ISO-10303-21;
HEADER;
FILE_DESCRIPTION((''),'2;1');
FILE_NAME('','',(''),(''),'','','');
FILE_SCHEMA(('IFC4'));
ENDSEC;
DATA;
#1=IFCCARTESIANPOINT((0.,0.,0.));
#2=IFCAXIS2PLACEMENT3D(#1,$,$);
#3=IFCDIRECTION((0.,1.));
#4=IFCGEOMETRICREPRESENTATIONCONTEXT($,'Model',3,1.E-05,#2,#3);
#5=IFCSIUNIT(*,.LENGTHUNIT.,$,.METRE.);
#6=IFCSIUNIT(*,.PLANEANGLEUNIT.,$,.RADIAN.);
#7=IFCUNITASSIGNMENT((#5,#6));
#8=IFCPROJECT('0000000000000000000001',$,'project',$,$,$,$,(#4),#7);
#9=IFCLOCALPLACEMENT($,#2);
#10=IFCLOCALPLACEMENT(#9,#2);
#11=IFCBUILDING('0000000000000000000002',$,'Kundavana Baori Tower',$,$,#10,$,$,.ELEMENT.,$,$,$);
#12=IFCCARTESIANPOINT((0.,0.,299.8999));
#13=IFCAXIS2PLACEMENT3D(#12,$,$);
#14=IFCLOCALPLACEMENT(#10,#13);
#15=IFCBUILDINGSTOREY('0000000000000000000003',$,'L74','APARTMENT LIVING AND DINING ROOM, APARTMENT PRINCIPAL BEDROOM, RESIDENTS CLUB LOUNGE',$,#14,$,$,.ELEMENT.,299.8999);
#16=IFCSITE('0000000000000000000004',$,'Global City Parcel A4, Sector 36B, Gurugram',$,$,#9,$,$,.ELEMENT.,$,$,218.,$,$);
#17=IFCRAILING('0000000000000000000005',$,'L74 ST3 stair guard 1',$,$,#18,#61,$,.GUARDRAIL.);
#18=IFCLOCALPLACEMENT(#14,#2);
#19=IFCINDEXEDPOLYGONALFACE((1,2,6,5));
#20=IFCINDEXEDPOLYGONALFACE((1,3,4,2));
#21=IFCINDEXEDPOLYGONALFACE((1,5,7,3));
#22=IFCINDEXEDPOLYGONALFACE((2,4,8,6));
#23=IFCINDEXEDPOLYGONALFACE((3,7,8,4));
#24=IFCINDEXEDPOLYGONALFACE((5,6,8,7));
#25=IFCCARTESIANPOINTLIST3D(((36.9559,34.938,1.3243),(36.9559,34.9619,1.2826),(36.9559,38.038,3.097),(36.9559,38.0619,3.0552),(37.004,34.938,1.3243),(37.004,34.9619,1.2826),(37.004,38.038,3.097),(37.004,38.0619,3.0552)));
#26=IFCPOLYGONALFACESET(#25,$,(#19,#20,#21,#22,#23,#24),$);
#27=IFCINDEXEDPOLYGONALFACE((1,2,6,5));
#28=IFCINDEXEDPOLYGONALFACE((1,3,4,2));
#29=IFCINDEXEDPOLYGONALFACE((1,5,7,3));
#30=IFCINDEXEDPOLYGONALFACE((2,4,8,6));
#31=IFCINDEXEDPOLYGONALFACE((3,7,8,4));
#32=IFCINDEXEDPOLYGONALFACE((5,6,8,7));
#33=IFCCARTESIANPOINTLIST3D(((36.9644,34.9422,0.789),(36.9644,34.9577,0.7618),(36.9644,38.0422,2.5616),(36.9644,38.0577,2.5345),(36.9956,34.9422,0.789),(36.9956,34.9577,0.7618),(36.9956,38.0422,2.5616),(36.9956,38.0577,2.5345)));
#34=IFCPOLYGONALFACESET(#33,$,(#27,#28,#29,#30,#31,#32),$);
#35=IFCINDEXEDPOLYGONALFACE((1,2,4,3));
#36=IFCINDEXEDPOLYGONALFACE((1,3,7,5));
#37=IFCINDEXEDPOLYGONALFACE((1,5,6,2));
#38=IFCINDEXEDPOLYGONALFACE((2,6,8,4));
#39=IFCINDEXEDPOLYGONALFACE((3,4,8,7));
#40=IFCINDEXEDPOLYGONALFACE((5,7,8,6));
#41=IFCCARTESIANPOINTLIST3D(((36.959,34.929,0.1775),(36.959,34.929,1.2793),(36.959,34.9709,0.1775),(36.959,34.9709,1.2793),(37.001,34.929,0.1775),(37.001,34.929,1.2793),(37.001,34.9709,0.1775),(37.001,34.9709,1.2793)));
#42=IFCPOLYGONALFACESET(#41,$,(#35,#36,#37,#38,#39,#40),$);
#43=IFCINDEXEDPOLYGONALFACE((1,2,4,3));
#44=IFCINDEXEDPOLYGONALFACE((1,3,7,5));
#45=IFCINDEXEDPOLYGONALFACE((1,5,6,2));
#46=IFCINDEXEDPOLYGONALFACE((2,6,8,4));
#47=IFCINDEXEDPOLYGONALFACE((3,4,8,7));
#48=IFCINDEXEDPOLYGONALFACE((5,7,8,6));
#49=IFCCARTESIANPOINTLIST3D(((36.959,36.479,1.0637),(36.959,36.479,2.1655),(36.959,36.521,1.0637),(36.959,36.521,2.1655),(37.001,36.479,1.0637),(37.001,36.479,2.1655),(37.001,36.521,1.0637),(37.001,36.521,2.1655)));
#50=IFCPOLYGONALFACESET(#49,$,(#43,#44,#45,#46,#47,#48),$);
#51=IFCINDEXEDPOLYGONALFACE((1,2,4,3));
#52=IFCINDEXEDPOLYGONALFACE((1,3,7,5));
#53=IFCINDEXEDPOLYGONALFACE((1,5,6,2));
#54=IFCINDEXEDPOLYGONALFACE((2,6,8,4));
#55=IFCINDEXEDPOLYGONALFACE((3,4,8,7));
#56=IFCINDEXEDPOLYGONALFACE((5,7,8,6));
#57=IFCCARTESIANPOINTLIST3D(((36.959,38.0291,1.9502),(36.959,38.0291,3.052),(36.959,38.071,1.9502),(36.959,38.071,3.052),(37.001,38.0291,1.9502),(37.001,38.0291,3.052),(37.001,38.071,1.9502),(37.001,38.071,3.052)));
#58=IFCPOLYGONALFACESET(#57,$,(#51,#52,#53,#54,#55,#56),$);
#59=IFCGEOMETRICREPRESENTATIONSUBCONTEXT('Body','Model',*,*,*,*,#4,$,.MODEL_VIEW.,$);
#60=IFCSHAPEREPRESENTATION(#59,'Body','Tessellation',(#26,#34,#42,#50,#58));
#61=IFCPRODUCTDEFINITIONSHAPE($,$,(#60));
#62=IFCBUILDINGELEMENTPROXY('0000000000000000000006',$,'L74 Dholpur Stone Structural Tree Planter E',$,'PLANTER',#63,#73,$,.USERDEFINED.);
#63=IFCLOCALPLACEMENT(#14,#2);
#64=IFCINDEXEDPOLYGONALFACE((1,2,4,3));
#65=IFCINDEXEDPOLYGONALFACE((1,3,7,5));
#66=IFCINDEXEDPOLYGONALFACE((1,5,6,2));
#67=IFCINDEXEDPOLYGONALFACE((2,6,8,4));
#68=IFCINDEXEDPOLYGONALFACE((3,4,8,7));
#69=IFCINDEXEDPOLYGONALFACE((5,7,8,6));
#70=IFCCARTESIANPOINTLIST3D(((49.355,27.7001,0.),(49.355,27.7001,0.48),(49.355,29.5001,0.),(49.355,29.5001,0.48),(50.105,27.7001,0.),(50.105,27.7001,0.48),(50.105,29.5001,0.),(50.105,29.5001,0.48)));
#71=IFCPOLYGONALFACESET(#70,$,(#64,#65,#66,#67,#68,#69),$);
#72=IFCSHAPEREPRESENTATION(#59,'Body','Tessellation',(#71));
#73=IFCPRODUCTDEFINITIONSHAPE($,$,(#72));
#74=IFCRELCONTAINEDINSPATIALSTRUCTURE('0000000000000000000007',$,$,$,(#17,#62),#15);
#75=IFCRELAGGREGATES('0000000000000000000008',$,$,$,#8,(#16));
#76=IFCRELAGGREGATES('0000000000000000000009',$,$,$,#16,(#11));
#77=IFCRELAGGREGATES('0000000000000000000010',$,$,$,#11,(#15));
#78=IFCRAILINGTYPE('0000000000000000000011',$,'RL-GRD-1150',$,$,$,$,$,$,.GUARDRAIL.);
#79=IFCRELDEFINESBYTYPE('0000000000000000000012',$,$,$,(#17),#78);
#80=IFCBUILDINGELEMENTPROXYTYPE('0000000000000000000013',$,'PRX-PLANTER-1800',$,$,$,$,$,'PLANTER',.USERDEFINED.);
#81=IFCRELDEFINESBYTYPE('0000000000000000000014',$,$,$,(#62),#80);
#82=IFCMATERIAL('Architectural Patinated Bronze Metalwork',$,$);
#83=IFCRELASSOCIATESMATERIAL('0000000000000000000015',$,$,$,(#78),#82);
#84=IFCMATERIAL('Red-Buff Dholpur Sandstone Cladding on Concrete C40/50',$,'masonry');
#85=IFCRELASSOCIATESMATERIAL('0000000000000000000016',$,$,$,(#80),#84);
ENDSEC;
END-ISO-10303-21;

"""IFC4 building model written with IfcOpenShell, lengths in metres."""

from ifc_helpers import new_model, si_unit, direction, frame, origin, origin_2d, place, context, subcontext, project, spatial, rectangle, extrude, material, type_object, element, save


model = new_model("IFC4")

# Units and contexts
model_context = context("Model", 3, precision=1e-05, world=origin(), true_north=direction((0.0, 1.0)))
body_context = subcontext(model_context, "Body", "Model", "MODEL_VIEW")
ifc_project = project(units=[si_unit("LENGTHUNIT", "METRE"), si_unit("PLANEANGLEUNIT", "RADIAN")], contexts=[model_context])

# Site, building, storey
site_placement = place(None, origin())
site = spatial("IfcSite", under=ifc_project, at=site_placement, Name="Global City Parcel A4, Sector 36B, Gurugram", CompositionType="ELEMENT", RefElevation=218.0)
building_placement = place(site_placement, origin())
building = spatial("IfcBuilding", under=site, at=building_placement, Name="Kundavana Baori Tower", CompositionType="ELEMENT")
storey_placement = place(building_placement, frame((0.0, 0.0, 299.8999)))
storey = spatial("IfcBuildingStorey", under=building, at=storey_placement, Name="L74", Description="APARTMENT LIVING AND DINING ROOM, APARTMENT PRINCIPAL BEDROOM, RESIDENTS CLUB LOUNGE", CompositionType="ELEMENT", Elevation=299.8999)

# Railing
ifc_material_1 = material(Name="Architectural Patinated Bronze Metalwork")
railing_type = type_object("IfcRailingType", Name="RL-GRD-1150", PredefinedType="GUARDRAIL", material=ifc_material_1)
railing_placement = place(storey_placement, frame((36.98, 34.95, 0.1775)))
element("IfcRailing", 1, at=railing_placement, inside=storey, type_object=railing_type, Name="L74 ST3 stair guard 1", PredefinedType="GUARDRAIL", context=body_context, shape_type="SweptSolid", body=[
    extrude(rectangle(XDim=0.0481, YDim=0.0481, at=origin_2d()), frame((0.0, 0.0, 1.126), z_axis=(0.0, 0.868096, 0.496397), x_axis=(-1.0, 0.0, 0.0)), (0.0, 0.0, 1.0), 3.571),
    extrude(rectangle(XDim=0.0312, YDim=0.0312, at=origin_2d()), frame((0.0, 0.0, 0.5979), z_axis=(0.0, 0.868096, 0.496397), x_axis=(-1.0, 0.0, 0.0)), (0.0, 0.0, 1.0), 3.571),
    extrude(rectangle(XDim=0.042, YDim=0.042, at=origin_2d()), origin(), (0.0, 0.0, 1.0), 1.1018),
    extrude(rectangle(XDim=0.042, YDim=0.042, at=origin_2d()), frame((0.0, 1.55, 0.8862)), (0.0, 0.0, 1.0), 1.1018),
    extrude(rectangle(XDim=0.042, YDim=0.042, at=origin_2d()), frame((0.0, 3.1001, 1.7727)), (0.0, 0.0, 1.0), 1.1018),
])

# Building element proxy
ifc_material_2 = material(Name="Red-Buff Dholpur Sandstone Cladding on Concrete C40/50", Category="masonry")
building_element_proxy_type = type_object("IfcBuildingElementProxyType", Name="PRX-PLANTER-1800", ElementType="PLANTER", PredefinedType="USERDEFINED", material=ifc_material_2)
proxy_placement = place(storey_placement, frame((49.73, 28.6001, 0.0), z_axis=(0.0, 0.0, 1.0), x_axis=(0.0, 1.0, 0.0)))
element("IfcBuildingElementProxy", 2, at=proxy_placement, inside=storey, type_object=building_element_proxy_type, Name="L74 Dholpur Stone Structural Tree Planter E", ObjectType="PLANTER", PredefinedType="USERDEFINED", context=body_context, shape_type="SweptSolid", body=[
    extrude(rectangle(XDim=1.8, YDim=0.75, at=origin_2d()), origin(), (0.0, 0.0, 1.0), 0.48),
])

save(model, "model.ifc")
